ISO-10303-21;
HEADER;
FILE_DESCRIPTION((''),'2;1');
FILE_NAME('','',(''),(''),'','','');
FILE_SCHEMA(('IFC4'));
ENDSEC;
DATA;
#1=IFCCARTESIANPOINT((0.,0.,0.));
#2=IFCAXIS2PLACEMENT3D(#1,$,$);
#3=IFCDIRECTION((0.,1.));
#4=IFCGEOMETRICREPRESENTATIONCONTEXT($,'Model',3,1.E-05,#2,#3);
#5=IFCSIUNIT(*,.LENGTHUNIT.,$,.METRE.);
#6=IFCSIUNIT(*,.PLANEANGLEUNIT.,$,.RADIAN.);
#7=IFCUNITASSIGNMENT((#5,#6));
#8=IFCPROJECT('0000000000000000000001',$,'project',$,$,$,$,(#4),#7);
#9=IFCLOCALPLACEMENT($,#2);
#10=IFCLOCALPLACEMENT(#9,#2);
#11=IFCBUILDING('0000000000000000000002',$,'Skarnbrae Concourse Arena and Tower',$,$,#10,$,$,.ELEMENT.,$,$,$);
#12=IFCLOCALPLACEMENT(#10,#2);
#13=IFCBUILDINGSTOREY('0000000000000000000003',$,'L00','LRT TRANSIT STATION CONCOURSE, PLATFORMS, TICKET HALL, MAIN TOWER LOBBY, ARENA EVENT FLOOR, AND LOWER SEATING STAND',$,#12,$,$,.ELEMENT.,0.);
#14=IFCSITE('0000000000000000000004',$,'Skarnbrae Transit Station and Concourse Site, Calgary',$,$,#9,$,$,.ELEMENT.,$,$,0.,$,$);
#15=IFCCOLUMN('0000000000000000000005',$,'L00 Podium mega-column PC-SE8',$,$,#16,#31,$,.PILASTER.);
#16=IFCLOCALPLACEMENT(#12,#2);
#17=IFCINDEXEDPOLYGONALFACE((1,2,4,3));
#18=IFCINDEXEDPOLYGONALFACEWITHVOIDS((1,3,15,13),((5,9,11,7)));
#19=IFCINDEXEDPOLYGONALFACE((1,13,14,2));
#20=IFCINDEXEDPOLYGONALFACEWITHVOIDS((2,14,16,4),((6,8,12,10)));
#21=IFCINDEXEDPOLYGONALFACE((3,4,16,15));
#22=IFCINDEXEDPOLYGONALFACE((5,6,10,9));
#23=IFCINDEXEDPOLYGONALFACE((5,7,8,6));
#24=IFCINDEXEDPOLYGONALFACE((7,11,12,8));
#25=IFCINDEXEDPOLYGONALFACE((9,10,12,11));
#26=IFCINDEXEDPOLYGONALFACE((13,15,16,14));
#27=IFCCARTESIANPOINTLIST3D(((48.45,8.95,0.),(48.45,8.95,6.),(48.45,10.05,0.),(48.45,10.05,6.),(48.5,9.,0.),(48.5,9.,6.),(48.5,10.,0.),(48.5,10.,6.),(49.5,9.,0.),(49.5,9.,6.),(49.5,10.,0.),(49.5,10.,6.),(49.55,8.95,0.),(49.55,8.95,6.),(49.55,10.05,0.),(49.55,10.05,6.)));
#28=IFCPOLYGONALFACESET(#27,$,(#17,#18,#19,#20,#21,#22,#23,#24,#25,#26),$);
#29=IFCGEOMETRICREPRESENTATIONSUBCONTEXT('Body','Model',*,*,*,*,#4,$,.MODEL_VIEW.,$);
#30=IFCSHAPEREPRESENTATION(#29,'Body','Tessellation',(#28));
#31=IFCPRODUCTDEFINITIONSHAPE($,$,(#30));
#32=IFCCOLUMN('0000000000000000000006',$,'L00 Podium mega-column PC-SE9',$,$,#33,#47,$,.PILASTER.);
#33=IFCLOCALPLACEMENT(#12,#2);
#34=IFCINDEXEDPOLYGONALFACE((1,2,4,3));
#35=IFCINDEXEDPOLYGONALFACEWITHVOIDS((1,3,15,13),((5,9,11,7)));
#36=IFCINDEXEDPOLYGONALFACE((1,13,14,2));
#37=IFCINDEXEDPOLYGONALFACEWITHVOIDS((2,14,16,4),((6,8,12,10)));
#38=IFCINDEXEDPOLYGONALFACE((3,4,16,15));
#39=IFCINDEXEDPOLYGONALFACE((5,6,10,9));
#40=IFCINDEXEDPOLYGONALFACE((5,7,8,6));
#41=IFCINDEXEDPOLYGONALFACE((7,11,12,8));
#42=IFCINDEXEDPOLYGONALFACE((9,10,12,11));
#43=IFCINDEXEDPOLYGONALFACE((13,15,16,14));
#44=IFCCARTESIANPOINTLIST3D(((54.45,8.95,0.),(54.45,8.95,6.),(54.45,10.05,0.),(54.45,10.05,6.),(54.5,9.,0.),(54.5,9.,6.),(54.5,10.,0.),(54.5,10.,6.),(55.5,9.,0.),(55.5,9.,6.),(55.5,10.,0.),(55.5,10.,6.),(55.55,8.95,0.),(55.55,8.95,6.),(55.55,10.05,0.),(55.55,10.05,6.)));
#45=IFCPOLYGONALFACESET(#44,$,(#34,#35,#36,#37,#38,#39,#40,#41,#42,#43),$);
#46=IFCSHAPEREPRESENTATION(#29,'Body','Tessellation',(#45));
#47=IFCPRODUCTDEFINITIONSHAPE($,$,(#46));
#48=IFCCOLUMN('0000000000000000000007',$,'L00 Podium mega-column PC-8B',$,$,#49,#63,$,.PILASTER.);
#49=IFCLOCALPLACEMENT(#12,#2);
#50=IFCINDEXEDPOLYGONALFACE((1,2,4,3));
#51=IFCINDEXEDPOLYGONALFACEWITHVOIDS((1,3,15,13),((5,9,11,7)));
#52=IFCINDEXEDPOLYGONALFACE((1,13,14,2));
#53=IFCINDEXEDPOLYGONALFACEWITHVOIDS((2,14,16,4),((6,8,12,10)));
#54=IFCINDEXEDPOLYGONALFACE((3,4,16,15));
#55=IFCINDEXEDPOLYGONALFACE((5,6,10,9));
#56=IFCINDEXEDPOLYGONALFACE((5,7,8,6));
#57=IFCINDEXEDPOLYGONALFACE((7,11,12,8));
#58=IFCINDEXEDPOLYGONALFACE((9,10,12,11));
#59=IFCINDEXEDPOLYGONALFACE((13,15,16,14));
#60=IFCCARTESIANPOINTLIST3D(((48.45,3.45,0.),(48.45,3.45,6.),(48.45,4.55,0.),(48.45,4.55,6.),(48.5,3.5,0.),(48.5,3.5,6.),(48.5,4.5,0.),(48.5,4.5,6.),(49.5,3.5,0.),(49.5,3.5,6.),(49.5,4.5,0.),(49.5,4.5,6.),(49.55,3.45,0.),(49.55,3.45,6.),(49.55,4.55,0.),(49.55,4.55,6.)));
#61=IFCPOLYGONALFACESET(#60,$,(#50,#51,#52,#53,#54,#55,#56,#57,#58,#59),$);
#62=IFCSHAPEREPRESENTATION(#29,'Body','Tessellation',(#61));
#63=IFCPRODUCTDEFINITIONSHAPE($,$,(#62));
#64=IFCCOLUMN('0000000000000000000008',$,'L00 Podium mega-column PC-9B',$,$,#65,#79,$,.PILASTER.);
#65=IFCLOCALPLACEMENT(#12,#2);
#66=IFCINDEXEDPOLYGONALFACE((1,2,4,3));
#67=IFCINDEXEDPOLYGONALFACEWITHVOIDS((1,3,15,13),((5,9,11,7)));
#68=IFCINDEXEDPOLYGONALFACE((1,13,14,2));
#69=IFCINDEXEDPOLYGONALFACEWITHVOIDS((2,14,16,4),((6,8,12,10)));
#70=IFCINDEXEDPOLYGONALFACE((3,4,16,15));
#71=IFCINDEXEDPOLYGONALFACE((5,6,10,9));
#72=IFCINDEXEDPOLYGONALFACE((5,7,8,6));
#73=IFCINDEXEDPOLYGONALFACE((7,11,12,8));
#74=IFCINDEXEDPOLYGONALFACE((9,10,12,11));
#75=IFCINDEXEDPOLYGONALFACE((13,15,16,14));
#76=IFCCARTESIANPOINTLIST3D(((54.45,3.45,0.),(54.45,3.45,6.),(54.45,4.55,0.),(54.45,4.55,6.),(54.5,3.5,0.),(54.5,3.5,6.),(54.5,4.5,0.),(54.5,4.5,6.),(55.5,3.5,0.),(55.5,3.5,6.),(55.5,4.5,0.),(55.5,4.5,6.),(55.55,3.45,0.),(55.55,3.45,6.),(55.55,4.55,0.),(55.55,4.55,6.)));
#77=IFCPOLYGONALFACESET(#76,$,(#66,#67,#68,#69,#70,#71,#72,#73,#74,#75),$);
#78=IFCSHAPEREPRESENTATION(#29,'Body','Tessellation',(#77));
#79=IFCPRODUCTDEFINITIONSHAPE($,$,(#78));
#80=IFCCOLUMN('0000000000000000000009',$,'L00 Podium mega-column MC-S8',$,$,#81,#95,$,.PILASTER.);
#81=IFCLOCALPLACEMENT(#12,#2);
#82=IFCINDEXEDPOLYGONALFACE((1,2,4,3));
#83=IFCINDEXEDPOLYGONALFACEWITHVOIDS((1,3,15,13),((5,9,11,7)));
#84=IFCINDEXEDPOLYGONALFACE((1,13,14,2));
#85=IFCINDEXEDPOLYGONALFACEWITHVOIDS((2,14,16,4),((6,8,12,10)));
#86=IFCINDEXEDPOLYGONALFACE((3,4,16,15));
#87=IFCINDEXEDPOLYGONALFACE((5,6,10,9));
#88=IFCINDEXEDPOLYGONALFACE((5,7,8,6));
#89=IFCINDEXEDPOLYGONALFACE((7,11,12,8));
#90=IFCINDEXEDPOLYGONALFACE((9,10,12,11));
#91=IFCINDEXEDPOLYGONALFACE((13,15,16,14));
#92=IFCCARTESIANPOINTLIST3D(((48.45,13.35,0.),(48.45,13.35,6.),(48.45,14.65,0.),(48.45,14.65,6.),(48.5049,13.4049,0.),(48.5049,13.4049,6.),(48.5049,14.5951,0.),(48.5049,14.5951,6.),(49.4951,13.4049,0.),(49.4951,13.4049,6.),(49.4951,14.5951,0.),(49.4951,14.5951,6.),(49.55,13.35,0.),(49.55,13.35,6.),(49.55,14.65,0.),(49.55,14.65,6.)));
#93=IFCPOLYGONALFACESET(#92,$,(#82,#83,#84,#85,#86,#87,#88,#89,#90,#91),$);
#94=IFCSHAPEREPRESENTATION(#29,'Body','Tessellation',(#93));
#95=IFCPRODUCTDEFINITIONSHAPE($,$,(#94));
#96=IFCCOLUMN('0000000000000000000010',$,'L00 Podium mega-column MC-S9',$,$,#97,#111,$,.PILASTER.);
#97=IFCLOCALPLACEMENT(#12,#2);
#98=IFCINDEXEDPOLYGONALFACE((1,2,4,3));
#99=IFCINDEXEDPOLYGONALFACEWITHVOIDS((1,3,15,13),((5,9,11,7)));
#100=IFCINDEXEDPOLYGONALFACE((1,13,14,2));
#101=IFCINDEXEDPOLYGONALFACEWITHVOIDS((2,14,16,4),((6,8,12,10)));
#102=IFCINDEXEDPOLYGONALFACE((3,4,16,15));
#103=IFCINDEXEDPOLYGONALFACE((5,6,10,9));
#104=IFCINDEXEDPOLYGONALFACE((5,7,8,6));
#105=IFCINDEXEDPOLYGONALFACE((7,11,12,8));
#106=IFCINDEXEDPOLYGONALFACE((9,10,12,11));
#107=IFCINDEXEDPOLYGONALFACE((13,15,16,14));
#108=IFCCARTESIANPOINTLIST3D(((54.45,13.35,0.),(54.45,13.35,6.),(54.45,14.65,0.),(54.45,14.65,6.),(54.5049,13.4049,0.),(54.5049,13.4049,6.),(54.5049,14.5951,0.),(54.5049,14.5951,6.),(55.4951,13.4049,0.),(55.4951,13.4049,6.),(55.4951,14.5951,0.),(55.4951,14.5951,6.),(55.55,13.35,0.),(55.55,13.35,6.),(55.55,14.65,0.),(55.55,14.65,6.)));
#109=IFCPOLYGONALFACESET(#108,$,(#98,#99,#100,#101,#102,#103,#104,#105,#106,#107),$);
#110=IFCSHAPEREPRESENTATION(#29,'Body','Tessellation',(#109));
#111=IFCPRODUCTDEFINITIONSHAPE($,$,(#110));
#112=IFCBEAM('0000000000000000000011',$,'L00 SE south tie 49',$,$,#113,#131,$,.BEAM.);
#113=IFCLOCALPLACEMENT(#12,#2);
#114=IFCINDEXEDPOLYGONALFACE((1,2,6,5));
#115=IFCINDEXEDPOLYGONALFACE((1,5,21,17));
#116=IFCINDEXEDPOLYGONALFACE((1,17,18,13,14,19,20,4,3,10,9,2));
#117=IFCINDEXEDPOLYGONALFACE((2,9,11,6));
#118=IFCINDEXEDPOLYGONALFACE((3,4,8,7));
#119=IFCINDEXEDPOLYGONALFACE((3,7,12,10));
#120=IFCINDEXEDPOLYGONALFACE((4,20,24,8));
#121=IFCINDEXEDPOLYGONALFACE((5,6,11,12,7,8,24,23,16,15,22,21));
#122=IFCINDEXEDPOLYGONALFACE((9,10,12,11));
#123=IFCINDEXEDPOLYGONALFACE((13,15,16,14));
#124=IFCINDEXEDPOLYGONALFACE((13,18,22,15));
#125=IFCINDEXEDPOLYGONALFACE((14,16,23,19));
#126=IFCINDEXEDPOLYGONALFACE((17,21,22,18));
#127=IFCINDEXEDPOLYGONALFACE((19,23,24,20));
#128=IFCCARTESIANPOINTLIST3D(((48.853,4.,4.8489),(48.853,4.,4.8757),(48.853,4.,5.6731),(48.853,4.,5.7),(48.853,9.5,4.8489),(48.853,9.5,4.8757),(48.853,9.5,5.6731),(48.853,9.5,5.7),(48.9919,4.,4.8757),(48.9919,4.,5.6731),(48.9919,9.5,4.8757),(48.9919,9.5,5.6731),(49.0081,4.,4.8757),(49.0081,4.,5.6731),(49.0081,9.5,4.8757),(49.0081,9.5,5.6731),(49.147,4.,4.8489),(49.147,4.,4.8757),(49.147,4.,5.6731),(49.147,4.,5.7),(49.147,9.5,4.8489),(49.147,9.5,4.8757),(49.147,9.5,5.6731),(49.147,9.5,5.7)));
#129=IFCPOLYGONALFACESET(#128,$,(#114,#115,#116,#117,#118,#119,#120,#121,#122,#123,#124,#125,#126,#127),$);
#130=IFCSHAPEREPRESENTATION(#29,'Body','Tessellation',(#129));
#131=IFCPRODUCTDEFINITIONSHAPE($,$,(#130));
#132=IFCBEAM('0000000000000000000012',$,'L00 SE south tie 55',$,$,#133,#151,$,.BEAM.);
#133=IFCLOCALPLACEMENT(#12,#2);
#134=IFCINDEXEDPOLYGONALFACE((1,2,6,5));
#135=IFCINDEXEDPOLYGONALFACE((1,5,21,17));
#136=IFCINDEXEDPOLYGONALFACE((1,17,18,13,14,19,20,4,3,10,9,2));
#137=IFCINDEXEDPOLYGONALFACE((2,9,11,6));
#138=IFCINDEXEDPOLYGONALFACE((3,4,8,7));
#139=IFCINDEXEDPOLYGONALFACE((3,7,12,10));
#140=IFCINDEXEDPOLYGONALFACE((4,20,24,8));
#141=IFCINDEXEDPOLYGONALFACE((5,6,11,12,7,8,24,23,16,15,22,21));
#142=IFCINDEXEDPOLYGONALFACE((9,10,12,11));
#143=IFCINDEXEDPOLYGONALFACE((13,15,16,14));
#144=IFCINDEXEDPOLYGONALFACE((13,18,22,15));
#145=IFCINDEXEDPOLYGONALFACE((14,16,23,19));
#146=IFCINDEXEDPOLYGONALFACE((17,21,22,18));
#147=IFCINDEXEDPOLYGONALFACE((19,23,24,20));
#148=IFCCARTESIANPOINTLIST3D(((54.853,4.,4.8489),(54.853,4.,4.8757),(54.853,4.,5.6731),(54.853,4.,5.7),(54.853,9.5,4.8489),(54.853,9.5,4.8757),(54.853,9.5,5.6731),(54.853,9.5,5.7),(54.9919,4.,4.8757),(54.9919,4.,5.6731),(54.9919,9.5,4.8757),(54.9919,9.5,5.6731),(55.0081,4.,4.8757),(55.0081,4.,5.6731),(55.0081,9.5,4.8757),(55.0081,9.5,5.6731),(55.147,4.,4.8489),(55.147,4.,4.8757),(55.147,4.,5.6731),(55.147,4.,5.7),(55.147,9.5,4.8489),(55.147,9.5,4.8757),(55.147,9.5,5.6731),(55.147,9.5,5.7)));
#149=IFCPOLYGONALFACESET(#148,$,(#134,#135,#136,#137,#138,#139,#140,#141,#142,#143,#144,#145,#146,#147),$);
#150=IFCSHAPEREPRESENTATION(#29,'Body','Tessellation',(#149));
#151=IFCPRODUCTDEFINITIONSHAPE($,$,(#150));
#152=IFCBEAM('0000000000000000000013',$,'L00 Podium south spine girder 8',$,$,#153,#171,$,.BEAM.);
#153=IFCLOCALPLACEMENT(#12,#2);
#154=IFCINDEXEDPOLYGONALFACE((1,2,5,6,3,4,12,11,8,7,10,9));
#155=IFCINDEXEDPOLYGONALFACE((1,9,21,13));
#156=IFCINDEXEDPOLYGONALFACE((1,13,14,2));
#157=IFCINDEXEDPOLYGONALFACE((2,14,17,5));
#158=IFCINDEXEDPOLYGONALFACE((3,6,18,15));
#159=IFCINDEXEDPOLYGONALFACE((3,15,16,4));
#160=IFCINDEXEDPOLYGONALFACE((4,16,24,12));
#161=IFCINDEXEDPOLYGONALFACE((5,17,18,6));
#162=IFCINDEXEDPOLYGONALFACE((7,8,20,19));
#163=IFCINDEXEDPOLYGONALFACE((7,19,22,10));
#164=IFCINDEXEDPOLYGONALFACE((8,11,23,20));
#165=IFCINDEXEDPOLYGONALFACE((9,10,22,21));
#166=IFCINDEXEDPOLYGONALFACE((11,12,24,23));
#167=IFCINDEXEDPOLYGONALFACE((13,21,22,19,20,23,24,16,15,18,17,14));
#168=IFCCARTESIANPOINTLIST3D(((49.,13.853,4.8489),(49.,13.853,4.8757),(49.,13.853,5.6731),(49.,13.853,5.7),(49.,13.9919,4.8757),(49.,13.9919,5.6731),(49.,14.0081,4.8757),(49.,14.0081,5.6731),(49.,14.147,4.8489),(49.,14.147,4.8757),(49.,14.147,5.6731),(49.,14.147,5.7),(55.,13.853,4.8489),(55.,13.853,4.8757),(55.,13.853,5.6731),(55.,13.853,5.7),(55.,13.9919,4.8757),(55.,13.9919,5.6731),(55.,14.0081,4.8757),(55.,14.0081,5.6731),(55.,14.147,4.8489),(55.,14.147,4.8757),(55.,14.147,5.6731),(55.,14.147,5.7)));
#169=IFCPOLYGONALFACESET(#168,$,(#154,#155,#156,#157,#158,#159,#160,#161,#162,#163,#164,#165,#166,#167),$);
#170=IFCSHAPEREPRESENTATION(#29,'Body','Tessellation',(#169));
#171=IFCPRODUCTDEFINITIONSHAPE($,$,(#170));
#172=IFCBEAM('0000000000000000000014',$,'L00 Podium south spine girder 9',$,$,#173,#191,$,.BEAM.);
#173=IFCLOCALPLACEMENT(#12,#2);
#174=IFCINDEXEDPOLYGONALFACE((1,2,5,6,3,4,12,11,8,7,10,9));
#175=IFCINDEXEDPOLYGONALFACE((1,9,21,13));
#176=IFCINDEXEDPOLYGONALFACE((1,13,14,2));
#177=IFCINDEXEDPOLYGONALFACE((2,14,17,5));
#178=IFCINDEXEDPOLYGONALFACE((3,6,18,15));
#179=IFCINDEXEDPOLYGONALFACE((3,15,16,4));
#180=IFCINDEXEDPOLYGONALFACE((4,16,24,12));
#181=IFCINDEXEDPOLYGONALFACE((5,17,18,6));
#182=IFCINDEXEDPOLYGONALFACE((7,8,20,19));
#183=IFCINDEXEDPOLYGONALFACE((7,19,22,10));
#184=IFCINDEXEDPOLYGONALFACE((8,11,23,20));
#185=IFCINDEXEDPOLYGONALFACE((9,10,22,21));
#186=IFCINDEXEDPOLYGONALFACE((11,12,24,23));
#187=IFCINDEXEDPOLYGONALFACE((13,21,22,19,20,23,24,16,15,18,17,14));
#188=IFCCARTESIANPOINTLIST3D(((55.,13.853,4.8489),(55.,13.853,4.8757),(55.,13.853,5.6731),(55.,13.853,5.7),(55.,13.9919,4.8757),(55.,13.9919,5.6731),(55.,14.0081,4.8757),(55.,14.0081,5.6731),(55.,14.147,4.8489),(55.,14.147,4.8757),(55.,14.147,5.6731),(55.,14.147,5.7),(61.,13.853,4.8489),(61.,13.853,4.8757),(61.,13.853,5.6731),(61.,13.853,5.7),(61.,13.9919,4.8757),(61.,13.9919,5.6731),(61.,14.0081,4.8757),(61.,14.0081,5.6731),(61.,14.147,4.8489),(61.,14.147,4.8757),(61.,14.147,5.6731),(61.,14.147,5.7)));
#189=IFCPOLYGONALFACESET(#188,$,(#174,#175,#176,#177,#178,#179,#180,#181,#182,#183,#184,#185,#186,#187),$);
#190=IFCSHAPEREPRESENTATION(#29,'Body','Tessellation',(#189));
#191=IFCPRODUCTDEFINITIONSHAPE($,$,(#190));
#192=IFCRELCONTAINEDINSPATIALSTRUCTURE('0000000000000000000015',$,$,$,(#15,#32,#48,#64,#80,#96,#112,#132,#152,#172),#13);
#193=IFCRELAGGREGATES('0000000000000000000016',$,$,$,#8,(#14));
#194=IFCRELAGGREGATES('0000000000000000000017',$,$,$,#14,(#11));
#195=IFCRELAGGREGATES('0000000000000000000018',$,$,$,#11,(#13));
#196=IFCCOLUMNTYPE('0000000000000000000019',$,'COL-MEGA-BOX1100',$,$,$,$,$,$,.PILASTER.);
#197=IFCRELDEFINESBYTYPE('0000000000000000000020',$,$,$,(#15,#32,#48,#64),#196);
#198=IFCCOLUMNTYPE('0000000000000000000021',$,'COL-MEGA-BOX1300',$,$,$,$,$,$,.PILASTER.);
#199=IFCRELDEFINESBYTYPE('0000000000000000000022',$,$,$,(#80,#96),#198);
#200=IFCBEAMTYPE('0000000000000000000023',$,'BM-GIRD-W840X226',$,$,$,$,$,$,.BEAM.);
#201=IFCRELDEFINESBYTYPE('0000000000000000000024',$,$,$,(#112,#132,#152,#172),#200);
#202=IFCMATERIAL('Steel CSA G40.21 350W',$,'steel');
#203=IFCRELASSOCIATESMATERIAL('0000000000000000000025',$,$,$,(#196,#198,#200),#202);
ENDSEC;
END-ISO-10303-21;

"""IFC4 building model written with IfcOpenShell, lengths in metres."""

from ifc_helpers import new_model, si_unit, direction, frame, origin, origin_2d, place, context, subcontext, project, spatial, hollow_rectangle, i_section, extrude, source, transform, mapped, material, material_profile, profile_set, type_object, element, save


model = new_model("IFC4")

# Units and contexts
model_context = context("Model", 3, precision=1e-05, world=origin(), true_north=direction((0.0, 1.0)))
body_context = subcontext(model_context, "Body", "Model", "MODEL_VIEW")
ifc_project = project(units=[si_unit("LENGTHUNIT", "METRE"), si_unit("PLANEANGLEUNIT", "RADIAN")], contexts=[model_context])

# Site, building, storey
site_placement = place(None, origin())
site = spatial("IfcSite", under=ifc_project, at=site_placement, Name="Skarnbrae Transit Station and Concourse Site, Calgary", CompositionType="ELEMENT", RefElevation=0.0)
building_placement = place(site_placement, origin())
building = spatial("IfcBuilding", under=site, at=building_placement, Name="Skarnbrae Concourse Arena and Tower", CompositionType="ELEMENT")
storey_placement = place(building_placement, origin())
storey = spatial("IfcBuildingStorey", under=building, at=storey_placement, Name="L00", Description="LRT TRANSIT STATION CONCOURSE, PLATFORMS, TICKET HALL, MAIN TOWER LOBBY, ARENA EVENT FLOOR, AND LOWER SEATING STAND", CompositionType="ELEMENT", Elevation=0.0)

# Columns
ifc_material_1 = material(Name="Steel CSA G40.21 350W", Category="steel")
ifc_material_profile_1 = material_profile(ifc_material_1, hollow_rectangle(XDim=1.1001, YDim=1.1001, WallThickness=0.05, at=origin_2d()), Name="BOX1100X1100X50")
ifc_profile_set_1 = profile_set([ifc_material_profile_1], Name="Steel CSA G40.21 350W")
column_type_1 = type_object("IfcColumnType", Name="COL-MEGA-BOX1100", PredefinedType="PILASTER", material=ifc_profile_set_1)
shared_shape_1 = source(origin(), body_context, "Body", "SweptSolid", [
    extrude(hollow_rectangle(XDim=1.1001, YDim=1.1001, WallThickness=0.05, at=origin_2d()), origin(), (0.0, 0.0, 1.0), 6.0),
])
for number, where, z_axis, x_axis, name in (
    (1, (49.0, 9.5, 0.0), (0.0, 0.0, 1.0), (1.0, 0.0, 0.0), "L00 Podium mega-column PC-SE8"),
    (2, (55.0, 9.5, 0.0), (0.0, 0.0, 1.0), (1.0, 0.0, 0.0), "L00 Podium mega-column PC-SE9"),
    (3, (49.0, 4.0, 0.0), (0.0, 0.0, 1.0), (1.0, 0.0, 0.0), "L00 Podium mega-column PC-8B"),
    (4, (55.0, 4.0, 0.0), (0.0, 0.0, 1.0), (1.0, 0.0, 0.0), "L00 Podium mega-column PC-9B"),
):
    element("IfcColumn", number, at=place(storey_placement, frame(where, z_axis=z_axis, x_axis=x_axis)), inside=storey, type_object=column_type_1, Name=name, PredefinedType="PILASTER", context=body_context, shape_type="MappedRepresentation", body=[
        mapped(shared_shape_1, transform((0.0, 0.0, 0.0))),
    ])
ifc_material_profile_2 = material_profile(ifc_material_1, hollow_rectangle(XDim=1.1001, YDim=1.3, WallThickness=0.0549, at=origin_2d()), Name="BOX1300X1100X55")
ifc_profile_set_2 = profile_set([ifc_material_profile_2], Name="Steel CSA G40.21 350W")
column_type_2 = type_object("IfcColumnType", Name="COL-MEGA-BOX1300", PredefinedType="PILASTER", material=ifc_profile_set_2)
shared_shape_2 = source(origin(), body_context, "Body", "SweptSolid", [
    extrude(hollow_rectangle(XDim=1.1001, YDim=1.3, WallThickness=0.0549, at=origin_2d()), origin(), (0.0, 0.0, 1.0), 6.0),
])
for number, where, z_axis, x_axis, name in (
    (5, (49.0, 14.0, 0.0), (0.0, 0.0, 1.0), (1.0, 0.0, 0.0), "L00 Podium mega-column MC-S8"),
    (6, (55.0, 14.0, 0.0), (0.0, 0.0, 1.0), (1.0, 0.0, 0.0), "L00 Podium mega-column MC-S9"),
):
    element("IfcColumn", number, at=place(storey_placement, frame(where, z_axis=z_axis, x_axis=x_axis)), inside=storey, type_object=column_type_2, Name=name, PredefinedType="PILASTER", context=body_context, shape_type="MappedRepresentation", body=[
        mapped(shared_shape_2, transform((0.0, 0.0, 0.0))),
    ])

# Beams
ifc_material_profile_3 = material_profile(ifc_material_1, i_section(OverallWidth=0.2939, OverallDepth=0.8511, WebThickness=0.0161, FlangeThickness=0.0269, at=origin_2d()), Name="W840X226")
ifc_profile_set_3 = profile_set([ifc_material_profile_3], Name="Steel CSA G40.21 350W")
beam_type = type_object("IfcBeamType", Name="BM-GIRD-W840X226", PredefinedType="BEAM", material=ifc_profile_set_3)
shared_shape_3 = source(origin(), body_context, "Body", "SweptSolid", [
    extrude(i_section(OverallWidth=0.2939, OverallDepth=0.8511, WebThickness=0.0161, FlangeThickness=0.0269, at=origin_2d()), origin(), (0.0, 0.0, 1.0), 5.5),
])
for number, where, z_axis, x_axis, name in (
    (7, (49.0, 4.0, 5.2744), (0.0, 1.0, 0.0), (-1.0, 0.0, 0.0), "L00 SE south tie 49"),
    (8, (55.0, 4.0, 5.2744), (0.0, 1.0, 0.0), (-1.0, 0.0, 0.0), "L00 SE south tie 55"),
):
    element("IfcBeam", number, at=place(storey_placement, frame(where, z_axis=z_axis, x_axis=x_axis)), inside=storey, type_object=beam_type, Name=name, PredefinedType="BEAM", context=body_context, shape_type="MappedRepresentation", body=[
        mapped(shared_shape_3, transform((0.0, 0.0, 0.0))),
    ])
shared_shape_4 = source(origin(), body_context, "Body", "SweptSolid", [
    extrude(i_section(OverallWidth=0.2939, OverallDepth=0.8511, WebThickness=0.0161, FlangeThickness=0.0269, at=origin_2d()), origin(), (0.0, 0.0, 1.0), 6.0),
])
for number, where, z_axis, x_axis, name in (
    (9, (49.0, 14.0, 5.2744), (1.0, 0.0, 0.0), (0.0, 1.0, 0.0), "L00 Podium south spine girder 8"),
    (10, (55.0, 14.0, 5.2744), (1.0, 0.0, 0.0), (0.0, 1.0, 0.0), "L00 Podium south spine girder 9"),
):
    element("IfcBeam", number, at=place(storey_placement, frame(where, z_axis=z_axis, x_axis=x_axis)), inside=storey, type_object=beam_type, Name=name, PredefinedType="BEAM", context=body_context, shape_type="MappedRepresentation", body=[
        mapped(shared_shape_4, transform((0.0, 0.0, 0.0))),
    ])

save(model, "model.ifc")
